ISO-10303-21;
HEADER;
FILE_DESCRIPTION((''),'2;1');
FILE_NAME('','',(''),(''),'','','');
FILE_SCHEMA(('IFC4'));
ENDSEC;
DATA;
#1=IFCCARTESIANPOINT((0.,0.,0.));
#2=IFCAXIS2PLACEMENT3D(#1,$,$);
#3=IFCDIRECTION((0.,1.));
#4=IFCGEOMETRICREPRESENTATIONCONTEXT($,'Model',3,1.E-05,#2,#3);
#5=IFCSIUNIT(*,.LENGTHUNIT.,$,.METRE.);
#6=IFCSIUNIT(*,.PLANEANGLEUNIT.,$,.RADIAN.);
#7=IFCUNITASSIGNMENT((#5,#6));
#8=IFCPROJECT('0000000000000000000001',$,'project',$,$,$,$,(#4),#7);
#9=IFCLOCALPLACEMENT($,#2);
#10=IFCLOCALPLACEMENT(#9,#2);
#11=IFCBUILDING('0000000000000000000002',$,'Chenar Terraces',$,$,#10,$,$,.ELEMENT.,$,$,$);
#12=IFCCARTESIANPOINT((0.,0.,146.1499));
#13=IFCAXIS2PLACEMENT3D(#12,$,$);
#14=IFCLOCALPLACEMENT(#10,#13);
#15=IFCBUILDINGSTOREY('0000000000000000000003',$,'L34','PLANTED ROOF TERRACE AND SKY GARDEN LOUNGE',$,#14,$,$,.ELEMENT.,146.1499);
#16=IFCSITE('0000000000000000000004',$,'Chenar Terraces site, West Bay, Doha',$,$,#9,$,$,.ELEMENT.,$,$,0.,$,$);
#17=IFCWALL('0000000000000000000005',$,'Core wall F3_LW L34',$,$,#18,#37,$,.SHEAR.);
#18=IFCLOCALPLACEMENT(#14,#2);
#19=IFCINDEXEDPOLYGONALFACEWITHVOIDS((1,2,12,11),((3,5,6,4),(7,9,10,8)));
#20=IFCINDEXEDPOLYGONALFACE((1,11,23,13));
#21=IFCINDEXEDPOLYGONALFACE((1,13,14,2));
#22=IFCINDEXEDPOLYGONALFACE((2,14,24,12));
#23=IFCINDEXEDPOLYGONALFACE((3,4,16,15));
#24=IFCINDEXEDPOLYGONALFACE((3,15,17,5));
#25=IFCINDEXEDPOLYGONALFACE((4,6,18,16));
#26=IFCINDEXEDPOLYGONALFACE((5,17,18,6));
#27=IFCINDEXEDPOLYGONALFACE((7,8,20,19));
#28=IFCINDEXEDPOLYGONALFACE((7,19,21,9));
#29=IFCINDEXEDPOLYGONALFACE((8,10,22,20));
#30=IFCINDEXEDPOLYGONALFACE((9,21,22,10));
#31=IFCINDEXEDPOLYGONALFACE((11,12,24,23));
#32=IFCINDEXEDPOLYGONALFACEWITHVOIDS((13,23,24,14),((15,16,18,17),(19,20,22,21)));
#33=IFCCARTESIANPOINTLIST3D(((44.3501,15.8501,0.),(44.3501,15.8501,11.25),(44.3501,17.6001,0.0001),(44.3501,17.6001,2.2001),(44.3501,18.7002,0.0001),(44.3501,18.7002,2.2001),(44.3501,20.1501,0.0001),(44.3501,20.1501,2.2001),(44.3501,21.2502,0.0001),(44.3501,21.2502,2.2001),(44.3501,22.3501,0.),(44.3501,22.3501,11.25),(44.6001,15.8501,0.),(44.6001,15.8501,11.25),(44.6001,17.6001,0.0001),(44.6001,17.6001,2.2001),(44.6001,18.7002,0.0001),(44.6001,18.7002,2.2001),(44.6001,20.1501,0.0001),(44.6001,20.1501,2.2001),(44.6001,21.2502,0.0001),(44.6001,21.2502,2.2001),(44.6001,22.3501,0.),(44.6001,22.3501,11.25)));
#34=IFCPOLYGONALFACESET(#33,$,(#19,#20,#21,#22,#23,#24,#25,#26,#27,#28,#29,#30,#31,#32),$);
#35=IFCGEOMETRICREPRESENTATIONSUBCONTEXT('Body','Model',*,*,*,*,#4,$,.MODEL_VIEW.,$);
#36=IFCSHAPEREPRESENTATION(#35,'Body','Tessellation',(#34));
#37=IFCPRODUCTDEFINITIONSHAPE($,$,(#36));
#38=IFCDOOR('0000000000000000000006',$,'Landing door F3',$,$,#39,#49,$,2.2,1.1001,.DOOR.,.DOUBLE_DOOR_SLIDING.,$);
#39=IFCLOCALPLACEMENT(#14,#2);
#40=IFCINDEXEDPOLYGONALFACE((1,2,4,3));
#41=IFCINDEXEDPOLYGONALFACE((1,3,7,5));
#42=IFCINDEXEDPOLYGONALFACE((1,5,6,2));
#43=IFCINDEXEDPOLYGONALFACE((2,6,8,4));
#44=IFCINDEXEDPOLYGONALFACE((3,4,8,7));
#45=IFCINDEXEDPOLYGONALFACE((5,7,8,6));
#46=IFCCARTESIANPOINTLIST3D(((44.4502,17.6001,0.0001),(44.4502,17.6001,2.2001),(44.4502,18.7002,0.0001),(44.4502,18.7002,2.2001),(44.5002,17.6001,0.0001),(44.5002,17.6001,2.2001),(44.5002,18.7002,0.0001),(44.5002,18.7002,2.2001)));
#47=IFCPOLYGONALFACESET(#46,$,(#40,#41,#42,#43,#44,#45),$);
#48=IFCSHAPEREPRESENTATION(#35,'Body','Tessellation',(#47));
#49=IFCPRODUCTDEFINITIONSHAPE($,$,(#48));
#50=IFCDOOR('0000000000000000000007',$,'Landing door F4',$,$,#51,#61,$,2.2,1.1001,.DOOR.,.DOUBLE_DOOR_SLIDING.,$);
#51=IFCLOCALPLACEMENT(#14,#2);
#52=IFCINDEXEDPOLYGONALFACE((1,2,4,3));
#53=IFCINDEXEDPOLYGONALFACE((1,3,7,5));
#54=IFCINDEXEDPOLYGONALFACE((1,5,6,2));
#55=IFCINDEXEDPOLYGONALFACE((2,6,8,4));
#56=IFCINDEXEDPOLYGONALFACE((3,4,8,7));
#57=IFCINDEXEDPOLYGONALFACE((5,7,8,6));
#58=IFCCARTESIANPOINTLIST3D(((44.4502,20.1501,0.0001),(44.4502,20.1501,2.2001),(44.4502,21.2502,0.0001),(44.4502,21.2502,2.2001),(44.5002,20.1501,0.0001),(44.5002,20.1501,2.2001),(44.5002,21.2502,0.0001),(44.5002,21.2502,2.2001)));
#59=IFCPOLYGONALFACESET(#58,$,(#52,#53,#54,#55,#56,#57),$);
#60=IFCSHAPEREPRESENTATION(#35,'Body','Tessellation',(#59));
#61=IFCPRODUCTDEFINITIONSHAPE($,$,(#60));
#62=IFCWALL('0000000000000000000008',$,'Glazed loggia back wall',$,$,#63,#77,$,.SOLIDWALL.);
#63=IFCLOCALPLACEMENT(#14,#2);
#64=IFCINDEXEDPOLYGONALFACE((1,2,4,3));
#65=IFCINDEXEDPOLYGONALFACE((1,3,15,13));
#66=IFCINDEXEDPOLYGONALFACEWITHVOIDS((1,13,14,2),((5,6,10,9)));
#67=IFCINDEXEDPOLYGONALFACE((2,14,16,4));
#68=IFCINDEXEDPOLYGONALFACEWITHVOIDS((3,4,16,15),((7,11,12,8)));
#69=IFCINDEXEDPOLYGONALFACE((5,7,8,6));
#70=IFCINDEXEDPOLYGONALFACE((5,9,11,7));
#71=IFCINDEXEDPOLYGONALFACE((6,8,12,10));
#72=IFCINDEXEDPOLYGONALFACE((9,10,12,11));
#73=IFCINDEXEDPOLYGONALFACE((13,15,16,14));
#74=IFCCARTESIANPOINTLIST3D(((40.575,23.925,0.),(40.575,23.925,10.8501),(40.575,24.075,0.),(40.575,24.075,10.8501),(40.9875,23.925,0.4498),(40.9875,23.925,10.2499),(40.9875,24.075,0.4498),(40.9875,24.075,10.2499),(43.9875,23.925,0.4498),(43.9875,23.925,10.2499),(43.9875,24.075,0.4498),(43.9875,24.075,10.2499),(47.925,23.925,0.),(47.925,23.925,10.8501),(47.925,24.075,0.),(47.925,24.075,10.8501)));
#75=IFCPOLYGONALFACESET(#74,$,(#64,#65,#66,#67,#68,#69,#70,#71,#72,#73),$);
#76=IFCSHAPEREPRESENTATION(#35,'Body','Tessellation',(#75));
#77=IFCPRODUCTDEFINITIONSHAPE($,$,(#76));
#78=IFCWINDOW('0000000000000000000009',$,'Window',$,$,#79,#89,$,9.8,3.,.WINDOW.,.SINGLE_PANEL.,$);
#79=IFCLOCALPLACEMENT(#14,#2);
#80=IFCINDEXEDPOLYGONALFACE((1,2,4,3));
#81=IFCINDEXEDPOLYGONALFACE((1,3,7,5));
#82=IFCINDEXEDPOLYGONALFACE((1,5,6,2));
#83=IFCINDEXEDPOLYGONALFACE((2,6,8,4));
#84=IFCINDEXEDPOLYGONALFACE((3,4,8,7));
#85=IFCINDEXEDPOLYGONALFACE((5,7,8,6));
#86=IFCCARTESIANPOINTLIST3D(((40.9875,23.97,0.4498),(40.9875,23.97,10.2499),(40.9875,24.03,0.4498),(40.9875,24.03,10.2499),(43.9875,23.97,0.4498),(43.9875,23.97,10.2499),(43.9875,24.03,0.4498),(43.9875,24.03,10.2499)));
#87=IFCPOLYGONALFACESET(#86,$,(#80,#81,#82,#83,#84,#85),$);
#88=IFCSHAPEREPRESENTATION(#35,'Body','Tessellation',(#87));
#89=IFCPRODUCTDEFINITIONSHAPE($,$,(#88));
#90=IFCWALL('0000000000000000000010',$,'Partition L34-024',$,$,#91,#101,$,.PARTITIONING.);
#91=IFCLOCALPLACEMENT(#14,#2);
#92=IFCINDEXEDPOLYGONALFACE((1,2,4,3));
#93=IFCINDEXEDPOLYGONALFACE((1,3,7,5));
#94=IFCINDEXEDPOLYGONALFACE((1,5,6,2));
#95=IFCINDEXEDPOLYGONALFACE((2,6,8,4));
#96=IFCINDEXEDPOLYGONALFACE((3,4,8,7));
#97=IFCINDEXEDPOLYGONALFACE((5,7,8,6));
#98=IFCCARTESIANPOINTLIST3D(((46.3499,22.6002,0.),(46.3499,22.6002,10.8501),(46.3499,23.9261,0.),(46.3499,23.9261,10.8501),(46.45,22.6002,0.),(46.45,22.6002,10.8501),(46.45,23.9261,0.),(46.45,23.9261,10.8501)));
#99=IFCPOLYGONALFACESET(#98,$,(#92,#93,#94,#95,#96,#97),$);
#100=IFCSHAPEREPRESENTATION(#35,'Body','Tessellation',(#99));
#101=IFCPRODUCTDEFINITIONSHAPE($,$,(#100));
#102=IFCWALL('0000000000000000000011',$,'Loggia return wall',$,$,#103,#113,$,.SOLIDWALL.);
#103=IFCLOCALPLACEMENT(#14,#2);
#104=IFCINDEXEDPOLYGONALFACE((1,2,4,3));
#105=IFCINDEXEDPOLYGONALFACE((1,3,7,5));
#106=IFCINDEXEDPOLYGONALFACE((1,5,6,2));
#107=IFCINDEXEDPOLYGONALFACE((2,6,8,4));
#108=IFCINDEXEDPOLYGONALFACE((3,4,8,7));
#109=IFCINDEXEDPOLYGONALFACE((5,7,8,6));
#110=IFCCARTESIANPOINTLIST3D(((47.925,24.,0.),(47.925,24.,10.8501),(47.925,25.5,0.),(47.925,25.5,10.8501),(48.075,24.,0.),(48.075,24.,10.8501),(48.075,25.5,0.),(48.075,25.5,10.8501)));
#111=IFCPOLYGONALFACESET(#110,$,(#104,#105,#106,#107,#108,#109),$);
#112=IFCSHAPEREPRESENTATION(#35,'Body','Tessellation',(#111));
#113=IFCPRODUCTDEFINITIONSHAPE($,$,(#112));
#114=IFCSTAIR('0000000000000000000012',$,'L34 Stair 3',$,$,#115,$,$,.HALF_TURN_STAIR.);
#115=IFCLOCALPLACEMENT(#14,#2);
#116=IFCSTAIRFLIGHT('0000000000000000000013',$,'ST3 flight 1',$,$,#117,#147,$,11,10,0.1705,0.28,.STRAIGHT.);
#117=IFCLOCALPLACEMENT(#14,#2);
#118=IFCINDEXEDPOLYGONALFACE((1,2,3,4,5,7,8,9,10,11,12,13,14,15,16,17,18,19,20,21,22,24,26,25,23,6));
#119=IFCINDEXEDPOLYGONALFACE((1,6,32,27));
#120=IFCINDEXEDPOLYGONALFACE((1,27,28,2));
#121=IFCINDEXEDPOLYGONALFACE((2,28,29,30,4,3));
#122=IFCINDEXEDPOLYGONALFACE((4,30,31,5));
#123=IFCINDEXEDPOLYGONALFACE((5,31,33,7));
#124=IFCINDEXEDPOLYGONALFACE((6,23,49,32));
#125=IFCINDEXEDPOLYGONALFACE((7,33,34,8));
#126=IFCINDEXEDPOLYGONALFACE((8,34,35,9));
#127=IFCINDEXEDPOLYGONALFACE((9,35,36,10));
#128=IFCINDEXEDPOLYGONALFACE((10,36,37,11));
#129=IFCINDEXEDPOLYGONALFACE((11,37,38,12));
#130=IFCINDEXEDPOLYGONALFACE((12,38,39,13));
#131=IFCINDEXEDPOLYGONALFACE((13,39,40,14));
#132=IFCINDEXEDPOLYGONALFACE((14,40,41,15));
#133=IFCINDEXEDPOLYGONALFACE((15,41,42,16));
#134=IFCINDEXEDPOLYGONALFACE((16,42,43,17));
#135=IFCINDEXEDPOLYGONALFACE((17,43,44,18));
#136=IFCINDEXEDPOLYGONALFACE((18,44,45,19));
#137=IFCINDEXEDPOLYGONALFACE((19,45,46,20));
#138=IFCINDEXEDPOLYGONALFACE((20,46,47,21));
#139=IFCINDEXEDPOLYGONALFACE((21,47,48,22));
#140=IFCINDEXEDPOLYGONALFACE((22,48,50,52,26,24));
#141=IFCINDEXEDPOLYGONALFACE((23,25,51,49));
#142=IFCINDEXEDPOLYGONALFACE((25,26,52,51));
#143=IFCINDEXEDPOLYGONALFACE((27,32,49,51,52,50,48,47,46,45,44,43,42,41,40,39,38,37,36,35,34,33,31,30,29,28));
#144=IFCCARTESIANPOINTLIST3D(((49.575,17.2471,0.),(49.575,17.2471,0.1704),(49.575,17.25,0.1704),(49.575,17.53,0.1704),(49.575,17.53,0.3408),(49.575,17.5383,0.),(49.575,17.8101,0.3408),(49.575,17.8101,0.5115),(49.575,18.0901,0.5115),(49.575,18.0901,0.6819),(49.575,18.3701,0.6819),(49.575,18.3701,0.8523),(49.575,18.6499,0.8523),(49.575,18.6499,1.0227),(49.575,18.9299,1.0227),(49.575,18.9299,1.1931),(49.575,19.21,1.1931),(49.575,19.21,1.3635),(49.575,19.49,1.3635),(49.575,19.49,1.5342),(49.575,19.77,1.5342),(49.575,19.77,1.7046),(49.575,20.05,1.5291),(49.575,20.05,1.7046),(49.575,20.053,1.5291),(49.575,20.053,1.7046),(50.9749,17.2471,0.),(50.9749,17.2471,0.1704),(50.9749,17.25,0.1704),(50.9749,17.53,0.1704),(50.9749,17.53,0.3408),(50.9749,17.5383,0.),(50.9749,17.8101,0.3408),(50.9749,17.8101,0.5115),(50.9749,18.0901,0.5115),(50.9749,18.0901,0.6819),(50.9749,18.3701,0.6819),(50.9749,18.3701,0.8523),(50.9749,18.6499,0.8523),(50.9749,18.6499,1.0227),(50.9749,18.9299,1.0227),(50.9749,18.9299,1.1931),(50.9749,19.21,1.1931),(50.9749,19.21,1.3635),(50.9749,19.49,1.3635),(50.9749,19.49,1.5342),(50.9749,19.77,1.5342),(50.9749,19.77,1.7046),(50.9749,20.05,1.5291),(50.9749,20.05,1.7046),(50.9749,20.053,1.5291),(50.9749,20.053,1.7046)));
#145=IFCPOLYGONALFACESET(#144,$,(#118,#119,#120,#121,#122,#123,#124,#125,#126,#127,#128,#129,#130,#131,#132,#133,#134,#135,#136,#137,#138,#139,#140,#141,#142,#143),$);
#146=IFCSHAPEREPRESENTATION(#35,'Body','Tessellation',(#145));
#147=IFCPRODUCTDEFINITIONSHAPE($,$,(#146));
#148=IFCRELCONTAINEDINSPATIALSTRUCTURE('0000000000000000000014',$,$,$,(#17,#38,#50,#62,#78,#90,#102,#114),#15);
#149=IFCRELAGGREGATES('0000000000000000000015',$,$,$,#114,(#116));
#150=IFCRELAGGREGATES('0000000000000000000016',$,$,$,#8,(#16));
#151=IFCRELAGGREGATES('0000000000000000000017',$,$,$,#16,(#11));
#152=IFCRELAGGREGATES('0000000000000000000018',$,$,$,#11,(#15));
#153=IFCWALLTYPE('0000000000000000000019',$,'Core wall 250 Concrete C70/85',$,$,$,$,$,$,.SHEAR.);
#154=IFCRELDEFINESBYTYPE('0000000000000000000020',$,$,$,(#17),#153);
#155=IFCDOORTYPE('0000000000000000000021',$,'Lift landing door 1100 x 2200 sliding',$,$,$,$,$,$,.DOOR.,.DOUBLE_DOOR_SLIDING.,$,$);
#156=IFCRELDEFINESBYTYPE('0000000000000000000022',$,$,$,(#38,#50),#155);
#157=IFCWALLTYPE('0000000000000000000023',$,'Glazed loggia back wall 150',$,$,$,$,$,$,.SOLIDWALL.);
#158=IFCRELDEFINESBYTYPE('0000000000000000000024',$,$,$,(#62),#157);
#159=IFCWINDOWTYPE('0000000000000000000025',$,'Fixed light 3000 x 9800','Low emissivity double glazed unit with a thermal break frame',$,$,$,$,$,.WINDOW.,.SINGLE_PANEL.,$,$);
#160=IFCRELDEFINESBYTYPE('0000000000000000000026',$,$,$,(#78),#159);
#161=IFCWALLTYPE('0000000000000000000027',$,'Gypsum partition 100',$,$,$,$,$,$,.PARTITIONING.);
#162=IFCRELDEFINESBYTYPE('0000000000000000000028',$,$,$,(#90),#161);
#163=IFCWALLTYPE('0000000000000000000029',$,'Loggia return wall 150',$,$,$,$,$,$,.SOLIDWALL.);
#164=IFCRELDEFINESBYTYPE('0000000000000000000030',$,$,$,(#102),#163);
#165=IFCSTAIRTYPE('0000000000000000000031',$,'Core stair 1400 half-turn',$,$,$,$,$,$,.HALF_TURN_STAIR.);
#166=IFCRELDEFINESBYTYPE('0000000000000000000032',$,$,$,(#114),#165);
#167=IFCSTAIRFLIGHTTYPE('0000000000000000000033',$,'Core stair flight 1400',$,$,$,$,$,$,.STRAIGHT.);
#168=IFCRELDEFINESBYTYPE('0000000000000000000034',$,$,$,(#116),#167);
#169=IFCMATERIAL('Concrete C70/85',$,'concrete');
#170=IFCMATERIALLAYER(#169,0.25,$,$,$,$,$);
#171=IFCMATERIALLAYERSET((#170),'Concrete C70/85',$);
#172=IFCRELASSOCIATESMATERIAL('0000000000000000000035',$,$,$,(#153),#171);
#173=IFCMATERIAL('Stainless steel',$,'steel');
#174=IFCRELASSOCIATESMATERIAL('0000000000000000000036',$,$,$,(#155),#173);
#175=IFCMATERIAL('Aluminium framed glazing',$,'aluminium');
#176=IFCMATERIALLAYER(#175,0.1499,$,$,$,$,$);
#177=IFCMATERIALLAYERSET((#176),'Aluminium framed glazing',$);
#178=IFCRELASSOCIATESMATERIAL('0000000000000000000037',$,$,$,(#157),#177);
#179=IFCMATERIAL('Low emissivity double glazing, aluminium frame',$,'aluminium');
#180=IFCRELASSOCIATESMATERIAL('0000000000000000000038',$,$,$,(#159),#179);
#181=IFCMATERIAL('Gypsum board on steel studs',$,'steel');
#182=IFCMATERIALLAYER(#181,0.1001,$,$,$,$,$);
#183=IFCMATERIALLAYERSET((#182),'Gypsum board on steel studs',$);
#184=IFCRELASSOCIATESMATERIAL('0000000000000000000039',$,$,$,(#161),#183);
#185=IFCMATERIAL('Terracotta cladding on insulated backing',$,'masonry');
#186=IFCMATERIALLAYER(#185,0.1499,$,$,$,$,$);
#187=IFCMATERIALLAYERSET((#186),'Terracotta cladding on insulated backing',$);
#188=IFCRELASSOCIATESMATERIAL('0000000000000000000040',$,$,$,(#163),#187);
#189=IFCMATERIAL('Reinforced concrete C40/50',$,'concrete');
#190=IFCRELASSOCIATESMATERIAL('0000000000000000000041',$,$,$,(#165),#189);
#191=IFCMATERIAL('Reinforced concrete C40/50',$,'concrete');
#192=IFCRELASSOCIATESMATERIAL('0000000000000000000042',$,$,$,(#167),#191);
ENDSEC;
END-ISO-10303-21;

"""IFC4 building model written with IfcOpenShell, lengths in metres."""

from ifc_helpers import new_model, si_unit, direction, frame, frame_2d, origin, place, context, subcontext, project, spatial, polyline, rectangle, outline, extrude, material, layer, layer_set, type_object, element, fill, aggregate, save


model = new_model("IFC4")

# Units and contexts
model_context = context("Model", 3, precision=1e-05, world=origin(), true_north=direction((0.0, 1.0)))
body_context = subcontext(model_context, "Body", "Model", "MODEL_VIEW")
ifc_project = project(units=[si_unit("LENGTHUNIT", "METRE"), si_unit("PLANEANGLEUNIT", "RADIAN")], contexts=[model_context])

# Site, building, storey
site_placement = place(None, origin())
site = spatial("IfcSite", under=ifc_project, at=site_placement, Name="Chenar Terraces site, West Bay, Doha", CompositionType="ELEMENT", RefElevation=0.0)
building_placement = place(site_placement, origin())
building = spatial("IfcBuilding", under=site, at=building_placement, Name="Chenar Terraces", CompositionType="ELEMENT")
storey_placement = place(building_placement, frame((0.0, 0.0, 146.1499)))
storey = spatial("IfcBuildingStorey", under=building, at=storey_placement, Name="L34", Description="PLANTED ROOF TERRACE AND SKY GARDEN LOUNGE", CompositionType="ELEMENT", Elevation=146.1499)

# Shared definitions
placement = place(storey_placement, origin())

# Shared definitions
ifc_material_1 = material(Name="Concrete C70/85", Category="concrete")
ifc_layer_1 = layer(ifc_material_1, 0.25)
ifc_layer_set_1 = layer_set([ifc_layer_1], Name="Concrete C70/85")
wall_type_1 = type_object("IfcWallType", Name="Core wall 250 Concrete C70/85", PredefinedType="SHEAR", material=ifc_layer_set_1)

# Wall, openings, doors
wall_1_placement = place(storey_placement, frame((44.4751, 15.8501, 0.0), z_axis=(0.0, 0.0, 1.0), x_axis=(0.0, 1.0, 0.0)))
wall_1 = element("IfcWall", 1, at=wall_1_placement, inside=storey, type_object=wall_type_1, Name="Core wall F3_LW L34", PredefinedType="SHEAR", context=body_context, shape_type="SweptSolid", body=[
    extrude(rectangle(XDim=6.5, YDim=0.25, at=frame_2d((3.25, 0.0))), origin(), (0.0, 0.0, 1.0), 11.25),
])
opening_1_placement = place(wall_1_placement, frame((1.75, 0.0, 0.0)))
opening_1 = element("IfcOpeningElement", 2, at=opening_1_placement, cuts=wall_1, PredefinedType="OPENING", context=body_context, shape_type="SweptSolid", body=[
    extrude(rectangle(XDim=1.1001, YDim=2.2, at=frame_2d((0.55, 1.1001))), frame((0.0, 0.135, 0.0), z_axis=(0.0, -1.0, 0.0), x_axis=(1.0, 0.0, 0.0)), (0.0, 0.0, 1.0), 0.27),
])
opening_2_placement = place(wall_1_placement, frame((4.3, 0.0, 0.0)))
opening_2 = element("IfcOpeningElement", 3, at=opening_2_placement, cuts=wall_1, PredefinedType="OPENING", context=body_context, shape_type="SweptSolid", body=[
    extrude(rectangle(XDim=1.1001, YDim=2.2, at=frame_2d((0.55, 1.1001))), frame((0.0, 0.135, 0.0), z_axis=(0.0, -1.0, 0.0), x_axis=(1.0, 0.0, 0.0)), (0.0, 0.0, 1.0), 0.27),
])
ifc_material_2 = material(Name="Stainless steel", Category="steel")
door_type_1 = type_object("IfcDoorType", Name="Lift landing door 1100 x 2200 sliding", OperationType="DOUBLE_DOOR_SLIDING", PredefinedType="DOOR", material=ifc_material_2)
door_1_placement = place(opening_1_placement, origin())
door_1 = element("IfcDoor", 4, at=door_1_placement, inside=storey, type_object=door_type_1, Name="Landing door F3", OperationType="DOUBLE_DOOR_SLIDING", OverallHeight=2.2, OverallWidth=1.1001, PredefinedType="DOOR", context=body_context, shape_type="SweptSolid", body=[
    extrude(rectangle(XDim=1.1001, YDim=2.2, at=frame_2d((0.55, 1.1001))), frame((0.0, 0.0249, 0.0), z_axis=(0.0, -1.0, 0.0), x_axis=(1.0, 0.0, 0.0)), (0.0, 0.0, 1.0), 0.05),
])
fill(opening_1, door_1)
door_2_placement = place(opening_2_placement, origin())
door_2 = element("IfcDoor", 5, at=door_2_placement, inside=storey, type_object=door_type_1, Name="Landing door F4", OperationType="DOUBLE_DOOR_SLIDING", OverallHeight=2.2, OverallWidth=1.1001, PredefinedType="DOOR", context=body_context, shape_type="SweptSolid", body=[
    extrude(rectangle(XDim=1.1001, YDim=2.2, at=frame_2d((0.55, 1.1001))), frame((0.0, 0.0249, 0.0), z_axis=(0.0, -1.0, 0.0), x_axis=(1.0, 0.0, 0.0)), (0.0, 0.0, 1.0), 0.05),
])
fill(opening_2, door_2)

# Wall, opening, window
ifc_material_3 = material(Name="Aluminium framed glazing", Category="aluminium")
ifc_layer_2 = layer(ifc_material_3, 0.1499)
ifc_layer_set_2 = layer_set([ifc_layer_2], Name="Aluminium framed glazing")
wall_type_2 = type_object("IfcWallType", Name="Glazed loggia back wall 150", PredefinedType="SOLIDWALL", material=ifc_layer_set_2)
wall_2_placement = place(storey_placement, frame((47.925, 24.0, 0.0), z_axis=(0.0, 0.0, 1.0), x_axis=(-1.0, 0.0, 0.0)))
wall_2 = element("IfcWall", 6, at=wall_2_placement, inside=storey, type_object=wall_type_2, Name="Glazed loggia back wall", PredefinedType="SOLIDWALL", context=body_context, shape_type="SweptSolid", body=[
    extrude(rectangle(XDim=7.3501, YDim=0.1499, at=frame_2d((3.675, 0.0))), origin(), (0.0, 0.0, 1.0), 10.8501),
])
opening_3_placement = place(wall_2_placement, frame((3.9375, 0.0, 0.45)))
opening_3 = element("IfcOpeningElement", 7, at=opening_3_placement, cuts=wall_2, PredefinedType="OPENING", context=body_context, shape_type="SweptSolid", body=[
    extrude(rectangle(XDim=3.0, YDim=9.8, at=frame_2d((1.5, 4.8999))), frame((0.0, 0.085, 0.0), z_axis=(0.0, -1.0, 0.0), x_axis=(1.0, 0.0, 0.0)), (0.0, 0.0, 1.0), 0.1699),
])
ifc_material_4 = material(Name="Low emissivity double glazing, aluminium frame", Category="aluminium")
window_type = type_object("IfcWindowType", Name="Fixed light 3000 x 9800", Description="Low emissivity double glazed unit with a thermal break frame", PartitioningType="SINGLE_PANEL", PredefinedType="WINDOW", material=ifc_material_4)
window_placement = place(opening_3_placement, origin())
window = element("IfcWindow", 8, at=window_placement, inside=storey, type_object=window_type, Name="Window", OverallHeight=9.8, OverallWidth=3.0, PartitioningType="SINGLE_PANEL", PredefinedType="WINDOW", context=body_context, shape_type="SweptSolid", body=[
    extrude(rectangle(XDim=3.0, YDim=9.8, at=frame_2d((1.5, 4.8999))), frame((0.0, 0.03, 0.0), z_axis=(0.0, -1.0, 0.0), x_axis=(1.0, 0.0, 0.0)), (0.0, 0.0, 1.0), 0.0601),
])
fill(opening_3, window)

# Walls
ifc_material_5 = material(Name="Gypsum board on steel studs", Category="steel")
ifc_layer_3 = layer(ifc_material_5, 0.1001)
ifc_layer_set_3 = layer_set([ifc_layer_3], Name="Gypsum board on steel studs")
wall_type_3 = type_object("IfcWallType", Name="Gypsum partition 100", PredefinedType="PARTITIONING", material=ifc_layer_set_3)
wall_3_placement = place(storey_placement, frame((46.3999, 22.6001, 0.0), z_axis=(0.0, 0.0, 1.0), x_axis=(0.0, 1.0, 0.0)))
element("IfcWall", 9, at=wall_3_placement, inside=storey, type_object=wall_type_3, Name="Partition L34-024", PredefinedType="PARTITIONING", context=body_context, shape_type="SweptSolid", body=[
    extrude(rectangle(XDim=1.3259, YDim=0.1001, at=frame_2d((0.6631, 0.0))), origin(), (0.0, 0.0, 1.0), 10.8501),
])
ifc_material_6 = material(Name="Terracotta cladding on insulated backing", Category="masonry")
ifc_layer_4 = layer(ifc_material_6, 0.1499)
ifc_layer_set_4 = layer_set([ifc_layer_4], Name="Terracotta cladding on insulated backing")
wall_type_4 = type_object("IfcWallType", Name="Loggia return wall 150", PredefinedType="SOLIDWALL", material=ifc_layer_set_4)
wall_4_placement = place(storey_placement, frame((48.0, 25.5, 0.0), z_axis=(0.0, 0.0, 1.0), x_axis=(0.0, -1.0, 0.0)))
element("IfcWall", 10, at=wall_4_placement, inside=storey, type_object=wall_type_4, Name="Loggia return wall", PredefinedType="SOLIDWALL", context=body_context, shape_type="SweptSolid", body=[
    extrude(rectangle(XDim=1.5, YDim=0.1499, at=frame_2d((0.75, 0.0))), origin(), (0.0, 0.0, 1.0), 10.8501),
])

# Stair, stair flight
ifc_material_7 = material(Name="Reinforced concrete C40/50", Category="concrete")
stair_type = type_object("IfcStairType", Name="Core stair 1400 half-turn", PredefinedType="HALF_TURN_STAIR", material=ifc_material_7)
stair = element("IfcStair", 11, at=placement, inside=storey, type_object=stair_type, Name="L34 Stair 3", PredefinedType="HALF_TURN_STAIR")
ifc_material_8 = material(Name="Reinforced concrete C40/50", Category="concrete")
stair_flight_type = type_object("IfcStairFlightType", Name="Core stair flight 1400", PredefinedType="STRAIGHT", material=ifc_material_8)
stair_flight_placement = place(storey_placement, frame((50.2749, 17.25, 0.0), z_axis=(0.0, 0.0, 1.0), x_axis=(0.0, 1.0, 0.0)))
stair_flight = element("IfcStairFlight", 12, at=stair_flight_placement, type_object=stair_flight_type, Name="ST3 flight 1", NumberOfRisers=11, NumberOfTreads=10, PredefinedType="STRAIGHT", RiserHeight=0.1705, TreadLength=0.28, context=body_context, shape_type="SweptSolid", body=[
    extrude(outline(polyline([(-0.0029, 0.0), (-0.0029, 0.1704), (0.0, 0.1704), (0.28, 0.1704), (0.28, 0.3408), (0.5601, 0.3408), (0.5601, 0.5115), (0.8401, 0.5115), (0.8401, 0.6819), (1.1201, 0.6819), (1.1201, 0.8523), (1.3999, 0.8523), (1.3999, 1.0227), (1.6799, 1.0227), (1.6799, 1.1931), (1.96, 1.1931), (1.96, 1.3635), (2.24, 1.3635), (2.24, 1.5342), (2.52, 1.5342), (2.52, 1.7046), (2.8, 1.7046), (2.803, 1.7046), (2.803, 1.5291), (2.8, 1.5291), (0.2883, 0.0), (-0.0029, 0.0)])), frame((0.0, 0.7, 0.0), z_axis=(0.0, -1.0, 0.0), x_axis=(1.0, 0.0, 0.0)), (0.0, 0.0, 1.0), 1.3999),
])
aggregate(stair, [stair_flight])

save(model, "model.ifc")
